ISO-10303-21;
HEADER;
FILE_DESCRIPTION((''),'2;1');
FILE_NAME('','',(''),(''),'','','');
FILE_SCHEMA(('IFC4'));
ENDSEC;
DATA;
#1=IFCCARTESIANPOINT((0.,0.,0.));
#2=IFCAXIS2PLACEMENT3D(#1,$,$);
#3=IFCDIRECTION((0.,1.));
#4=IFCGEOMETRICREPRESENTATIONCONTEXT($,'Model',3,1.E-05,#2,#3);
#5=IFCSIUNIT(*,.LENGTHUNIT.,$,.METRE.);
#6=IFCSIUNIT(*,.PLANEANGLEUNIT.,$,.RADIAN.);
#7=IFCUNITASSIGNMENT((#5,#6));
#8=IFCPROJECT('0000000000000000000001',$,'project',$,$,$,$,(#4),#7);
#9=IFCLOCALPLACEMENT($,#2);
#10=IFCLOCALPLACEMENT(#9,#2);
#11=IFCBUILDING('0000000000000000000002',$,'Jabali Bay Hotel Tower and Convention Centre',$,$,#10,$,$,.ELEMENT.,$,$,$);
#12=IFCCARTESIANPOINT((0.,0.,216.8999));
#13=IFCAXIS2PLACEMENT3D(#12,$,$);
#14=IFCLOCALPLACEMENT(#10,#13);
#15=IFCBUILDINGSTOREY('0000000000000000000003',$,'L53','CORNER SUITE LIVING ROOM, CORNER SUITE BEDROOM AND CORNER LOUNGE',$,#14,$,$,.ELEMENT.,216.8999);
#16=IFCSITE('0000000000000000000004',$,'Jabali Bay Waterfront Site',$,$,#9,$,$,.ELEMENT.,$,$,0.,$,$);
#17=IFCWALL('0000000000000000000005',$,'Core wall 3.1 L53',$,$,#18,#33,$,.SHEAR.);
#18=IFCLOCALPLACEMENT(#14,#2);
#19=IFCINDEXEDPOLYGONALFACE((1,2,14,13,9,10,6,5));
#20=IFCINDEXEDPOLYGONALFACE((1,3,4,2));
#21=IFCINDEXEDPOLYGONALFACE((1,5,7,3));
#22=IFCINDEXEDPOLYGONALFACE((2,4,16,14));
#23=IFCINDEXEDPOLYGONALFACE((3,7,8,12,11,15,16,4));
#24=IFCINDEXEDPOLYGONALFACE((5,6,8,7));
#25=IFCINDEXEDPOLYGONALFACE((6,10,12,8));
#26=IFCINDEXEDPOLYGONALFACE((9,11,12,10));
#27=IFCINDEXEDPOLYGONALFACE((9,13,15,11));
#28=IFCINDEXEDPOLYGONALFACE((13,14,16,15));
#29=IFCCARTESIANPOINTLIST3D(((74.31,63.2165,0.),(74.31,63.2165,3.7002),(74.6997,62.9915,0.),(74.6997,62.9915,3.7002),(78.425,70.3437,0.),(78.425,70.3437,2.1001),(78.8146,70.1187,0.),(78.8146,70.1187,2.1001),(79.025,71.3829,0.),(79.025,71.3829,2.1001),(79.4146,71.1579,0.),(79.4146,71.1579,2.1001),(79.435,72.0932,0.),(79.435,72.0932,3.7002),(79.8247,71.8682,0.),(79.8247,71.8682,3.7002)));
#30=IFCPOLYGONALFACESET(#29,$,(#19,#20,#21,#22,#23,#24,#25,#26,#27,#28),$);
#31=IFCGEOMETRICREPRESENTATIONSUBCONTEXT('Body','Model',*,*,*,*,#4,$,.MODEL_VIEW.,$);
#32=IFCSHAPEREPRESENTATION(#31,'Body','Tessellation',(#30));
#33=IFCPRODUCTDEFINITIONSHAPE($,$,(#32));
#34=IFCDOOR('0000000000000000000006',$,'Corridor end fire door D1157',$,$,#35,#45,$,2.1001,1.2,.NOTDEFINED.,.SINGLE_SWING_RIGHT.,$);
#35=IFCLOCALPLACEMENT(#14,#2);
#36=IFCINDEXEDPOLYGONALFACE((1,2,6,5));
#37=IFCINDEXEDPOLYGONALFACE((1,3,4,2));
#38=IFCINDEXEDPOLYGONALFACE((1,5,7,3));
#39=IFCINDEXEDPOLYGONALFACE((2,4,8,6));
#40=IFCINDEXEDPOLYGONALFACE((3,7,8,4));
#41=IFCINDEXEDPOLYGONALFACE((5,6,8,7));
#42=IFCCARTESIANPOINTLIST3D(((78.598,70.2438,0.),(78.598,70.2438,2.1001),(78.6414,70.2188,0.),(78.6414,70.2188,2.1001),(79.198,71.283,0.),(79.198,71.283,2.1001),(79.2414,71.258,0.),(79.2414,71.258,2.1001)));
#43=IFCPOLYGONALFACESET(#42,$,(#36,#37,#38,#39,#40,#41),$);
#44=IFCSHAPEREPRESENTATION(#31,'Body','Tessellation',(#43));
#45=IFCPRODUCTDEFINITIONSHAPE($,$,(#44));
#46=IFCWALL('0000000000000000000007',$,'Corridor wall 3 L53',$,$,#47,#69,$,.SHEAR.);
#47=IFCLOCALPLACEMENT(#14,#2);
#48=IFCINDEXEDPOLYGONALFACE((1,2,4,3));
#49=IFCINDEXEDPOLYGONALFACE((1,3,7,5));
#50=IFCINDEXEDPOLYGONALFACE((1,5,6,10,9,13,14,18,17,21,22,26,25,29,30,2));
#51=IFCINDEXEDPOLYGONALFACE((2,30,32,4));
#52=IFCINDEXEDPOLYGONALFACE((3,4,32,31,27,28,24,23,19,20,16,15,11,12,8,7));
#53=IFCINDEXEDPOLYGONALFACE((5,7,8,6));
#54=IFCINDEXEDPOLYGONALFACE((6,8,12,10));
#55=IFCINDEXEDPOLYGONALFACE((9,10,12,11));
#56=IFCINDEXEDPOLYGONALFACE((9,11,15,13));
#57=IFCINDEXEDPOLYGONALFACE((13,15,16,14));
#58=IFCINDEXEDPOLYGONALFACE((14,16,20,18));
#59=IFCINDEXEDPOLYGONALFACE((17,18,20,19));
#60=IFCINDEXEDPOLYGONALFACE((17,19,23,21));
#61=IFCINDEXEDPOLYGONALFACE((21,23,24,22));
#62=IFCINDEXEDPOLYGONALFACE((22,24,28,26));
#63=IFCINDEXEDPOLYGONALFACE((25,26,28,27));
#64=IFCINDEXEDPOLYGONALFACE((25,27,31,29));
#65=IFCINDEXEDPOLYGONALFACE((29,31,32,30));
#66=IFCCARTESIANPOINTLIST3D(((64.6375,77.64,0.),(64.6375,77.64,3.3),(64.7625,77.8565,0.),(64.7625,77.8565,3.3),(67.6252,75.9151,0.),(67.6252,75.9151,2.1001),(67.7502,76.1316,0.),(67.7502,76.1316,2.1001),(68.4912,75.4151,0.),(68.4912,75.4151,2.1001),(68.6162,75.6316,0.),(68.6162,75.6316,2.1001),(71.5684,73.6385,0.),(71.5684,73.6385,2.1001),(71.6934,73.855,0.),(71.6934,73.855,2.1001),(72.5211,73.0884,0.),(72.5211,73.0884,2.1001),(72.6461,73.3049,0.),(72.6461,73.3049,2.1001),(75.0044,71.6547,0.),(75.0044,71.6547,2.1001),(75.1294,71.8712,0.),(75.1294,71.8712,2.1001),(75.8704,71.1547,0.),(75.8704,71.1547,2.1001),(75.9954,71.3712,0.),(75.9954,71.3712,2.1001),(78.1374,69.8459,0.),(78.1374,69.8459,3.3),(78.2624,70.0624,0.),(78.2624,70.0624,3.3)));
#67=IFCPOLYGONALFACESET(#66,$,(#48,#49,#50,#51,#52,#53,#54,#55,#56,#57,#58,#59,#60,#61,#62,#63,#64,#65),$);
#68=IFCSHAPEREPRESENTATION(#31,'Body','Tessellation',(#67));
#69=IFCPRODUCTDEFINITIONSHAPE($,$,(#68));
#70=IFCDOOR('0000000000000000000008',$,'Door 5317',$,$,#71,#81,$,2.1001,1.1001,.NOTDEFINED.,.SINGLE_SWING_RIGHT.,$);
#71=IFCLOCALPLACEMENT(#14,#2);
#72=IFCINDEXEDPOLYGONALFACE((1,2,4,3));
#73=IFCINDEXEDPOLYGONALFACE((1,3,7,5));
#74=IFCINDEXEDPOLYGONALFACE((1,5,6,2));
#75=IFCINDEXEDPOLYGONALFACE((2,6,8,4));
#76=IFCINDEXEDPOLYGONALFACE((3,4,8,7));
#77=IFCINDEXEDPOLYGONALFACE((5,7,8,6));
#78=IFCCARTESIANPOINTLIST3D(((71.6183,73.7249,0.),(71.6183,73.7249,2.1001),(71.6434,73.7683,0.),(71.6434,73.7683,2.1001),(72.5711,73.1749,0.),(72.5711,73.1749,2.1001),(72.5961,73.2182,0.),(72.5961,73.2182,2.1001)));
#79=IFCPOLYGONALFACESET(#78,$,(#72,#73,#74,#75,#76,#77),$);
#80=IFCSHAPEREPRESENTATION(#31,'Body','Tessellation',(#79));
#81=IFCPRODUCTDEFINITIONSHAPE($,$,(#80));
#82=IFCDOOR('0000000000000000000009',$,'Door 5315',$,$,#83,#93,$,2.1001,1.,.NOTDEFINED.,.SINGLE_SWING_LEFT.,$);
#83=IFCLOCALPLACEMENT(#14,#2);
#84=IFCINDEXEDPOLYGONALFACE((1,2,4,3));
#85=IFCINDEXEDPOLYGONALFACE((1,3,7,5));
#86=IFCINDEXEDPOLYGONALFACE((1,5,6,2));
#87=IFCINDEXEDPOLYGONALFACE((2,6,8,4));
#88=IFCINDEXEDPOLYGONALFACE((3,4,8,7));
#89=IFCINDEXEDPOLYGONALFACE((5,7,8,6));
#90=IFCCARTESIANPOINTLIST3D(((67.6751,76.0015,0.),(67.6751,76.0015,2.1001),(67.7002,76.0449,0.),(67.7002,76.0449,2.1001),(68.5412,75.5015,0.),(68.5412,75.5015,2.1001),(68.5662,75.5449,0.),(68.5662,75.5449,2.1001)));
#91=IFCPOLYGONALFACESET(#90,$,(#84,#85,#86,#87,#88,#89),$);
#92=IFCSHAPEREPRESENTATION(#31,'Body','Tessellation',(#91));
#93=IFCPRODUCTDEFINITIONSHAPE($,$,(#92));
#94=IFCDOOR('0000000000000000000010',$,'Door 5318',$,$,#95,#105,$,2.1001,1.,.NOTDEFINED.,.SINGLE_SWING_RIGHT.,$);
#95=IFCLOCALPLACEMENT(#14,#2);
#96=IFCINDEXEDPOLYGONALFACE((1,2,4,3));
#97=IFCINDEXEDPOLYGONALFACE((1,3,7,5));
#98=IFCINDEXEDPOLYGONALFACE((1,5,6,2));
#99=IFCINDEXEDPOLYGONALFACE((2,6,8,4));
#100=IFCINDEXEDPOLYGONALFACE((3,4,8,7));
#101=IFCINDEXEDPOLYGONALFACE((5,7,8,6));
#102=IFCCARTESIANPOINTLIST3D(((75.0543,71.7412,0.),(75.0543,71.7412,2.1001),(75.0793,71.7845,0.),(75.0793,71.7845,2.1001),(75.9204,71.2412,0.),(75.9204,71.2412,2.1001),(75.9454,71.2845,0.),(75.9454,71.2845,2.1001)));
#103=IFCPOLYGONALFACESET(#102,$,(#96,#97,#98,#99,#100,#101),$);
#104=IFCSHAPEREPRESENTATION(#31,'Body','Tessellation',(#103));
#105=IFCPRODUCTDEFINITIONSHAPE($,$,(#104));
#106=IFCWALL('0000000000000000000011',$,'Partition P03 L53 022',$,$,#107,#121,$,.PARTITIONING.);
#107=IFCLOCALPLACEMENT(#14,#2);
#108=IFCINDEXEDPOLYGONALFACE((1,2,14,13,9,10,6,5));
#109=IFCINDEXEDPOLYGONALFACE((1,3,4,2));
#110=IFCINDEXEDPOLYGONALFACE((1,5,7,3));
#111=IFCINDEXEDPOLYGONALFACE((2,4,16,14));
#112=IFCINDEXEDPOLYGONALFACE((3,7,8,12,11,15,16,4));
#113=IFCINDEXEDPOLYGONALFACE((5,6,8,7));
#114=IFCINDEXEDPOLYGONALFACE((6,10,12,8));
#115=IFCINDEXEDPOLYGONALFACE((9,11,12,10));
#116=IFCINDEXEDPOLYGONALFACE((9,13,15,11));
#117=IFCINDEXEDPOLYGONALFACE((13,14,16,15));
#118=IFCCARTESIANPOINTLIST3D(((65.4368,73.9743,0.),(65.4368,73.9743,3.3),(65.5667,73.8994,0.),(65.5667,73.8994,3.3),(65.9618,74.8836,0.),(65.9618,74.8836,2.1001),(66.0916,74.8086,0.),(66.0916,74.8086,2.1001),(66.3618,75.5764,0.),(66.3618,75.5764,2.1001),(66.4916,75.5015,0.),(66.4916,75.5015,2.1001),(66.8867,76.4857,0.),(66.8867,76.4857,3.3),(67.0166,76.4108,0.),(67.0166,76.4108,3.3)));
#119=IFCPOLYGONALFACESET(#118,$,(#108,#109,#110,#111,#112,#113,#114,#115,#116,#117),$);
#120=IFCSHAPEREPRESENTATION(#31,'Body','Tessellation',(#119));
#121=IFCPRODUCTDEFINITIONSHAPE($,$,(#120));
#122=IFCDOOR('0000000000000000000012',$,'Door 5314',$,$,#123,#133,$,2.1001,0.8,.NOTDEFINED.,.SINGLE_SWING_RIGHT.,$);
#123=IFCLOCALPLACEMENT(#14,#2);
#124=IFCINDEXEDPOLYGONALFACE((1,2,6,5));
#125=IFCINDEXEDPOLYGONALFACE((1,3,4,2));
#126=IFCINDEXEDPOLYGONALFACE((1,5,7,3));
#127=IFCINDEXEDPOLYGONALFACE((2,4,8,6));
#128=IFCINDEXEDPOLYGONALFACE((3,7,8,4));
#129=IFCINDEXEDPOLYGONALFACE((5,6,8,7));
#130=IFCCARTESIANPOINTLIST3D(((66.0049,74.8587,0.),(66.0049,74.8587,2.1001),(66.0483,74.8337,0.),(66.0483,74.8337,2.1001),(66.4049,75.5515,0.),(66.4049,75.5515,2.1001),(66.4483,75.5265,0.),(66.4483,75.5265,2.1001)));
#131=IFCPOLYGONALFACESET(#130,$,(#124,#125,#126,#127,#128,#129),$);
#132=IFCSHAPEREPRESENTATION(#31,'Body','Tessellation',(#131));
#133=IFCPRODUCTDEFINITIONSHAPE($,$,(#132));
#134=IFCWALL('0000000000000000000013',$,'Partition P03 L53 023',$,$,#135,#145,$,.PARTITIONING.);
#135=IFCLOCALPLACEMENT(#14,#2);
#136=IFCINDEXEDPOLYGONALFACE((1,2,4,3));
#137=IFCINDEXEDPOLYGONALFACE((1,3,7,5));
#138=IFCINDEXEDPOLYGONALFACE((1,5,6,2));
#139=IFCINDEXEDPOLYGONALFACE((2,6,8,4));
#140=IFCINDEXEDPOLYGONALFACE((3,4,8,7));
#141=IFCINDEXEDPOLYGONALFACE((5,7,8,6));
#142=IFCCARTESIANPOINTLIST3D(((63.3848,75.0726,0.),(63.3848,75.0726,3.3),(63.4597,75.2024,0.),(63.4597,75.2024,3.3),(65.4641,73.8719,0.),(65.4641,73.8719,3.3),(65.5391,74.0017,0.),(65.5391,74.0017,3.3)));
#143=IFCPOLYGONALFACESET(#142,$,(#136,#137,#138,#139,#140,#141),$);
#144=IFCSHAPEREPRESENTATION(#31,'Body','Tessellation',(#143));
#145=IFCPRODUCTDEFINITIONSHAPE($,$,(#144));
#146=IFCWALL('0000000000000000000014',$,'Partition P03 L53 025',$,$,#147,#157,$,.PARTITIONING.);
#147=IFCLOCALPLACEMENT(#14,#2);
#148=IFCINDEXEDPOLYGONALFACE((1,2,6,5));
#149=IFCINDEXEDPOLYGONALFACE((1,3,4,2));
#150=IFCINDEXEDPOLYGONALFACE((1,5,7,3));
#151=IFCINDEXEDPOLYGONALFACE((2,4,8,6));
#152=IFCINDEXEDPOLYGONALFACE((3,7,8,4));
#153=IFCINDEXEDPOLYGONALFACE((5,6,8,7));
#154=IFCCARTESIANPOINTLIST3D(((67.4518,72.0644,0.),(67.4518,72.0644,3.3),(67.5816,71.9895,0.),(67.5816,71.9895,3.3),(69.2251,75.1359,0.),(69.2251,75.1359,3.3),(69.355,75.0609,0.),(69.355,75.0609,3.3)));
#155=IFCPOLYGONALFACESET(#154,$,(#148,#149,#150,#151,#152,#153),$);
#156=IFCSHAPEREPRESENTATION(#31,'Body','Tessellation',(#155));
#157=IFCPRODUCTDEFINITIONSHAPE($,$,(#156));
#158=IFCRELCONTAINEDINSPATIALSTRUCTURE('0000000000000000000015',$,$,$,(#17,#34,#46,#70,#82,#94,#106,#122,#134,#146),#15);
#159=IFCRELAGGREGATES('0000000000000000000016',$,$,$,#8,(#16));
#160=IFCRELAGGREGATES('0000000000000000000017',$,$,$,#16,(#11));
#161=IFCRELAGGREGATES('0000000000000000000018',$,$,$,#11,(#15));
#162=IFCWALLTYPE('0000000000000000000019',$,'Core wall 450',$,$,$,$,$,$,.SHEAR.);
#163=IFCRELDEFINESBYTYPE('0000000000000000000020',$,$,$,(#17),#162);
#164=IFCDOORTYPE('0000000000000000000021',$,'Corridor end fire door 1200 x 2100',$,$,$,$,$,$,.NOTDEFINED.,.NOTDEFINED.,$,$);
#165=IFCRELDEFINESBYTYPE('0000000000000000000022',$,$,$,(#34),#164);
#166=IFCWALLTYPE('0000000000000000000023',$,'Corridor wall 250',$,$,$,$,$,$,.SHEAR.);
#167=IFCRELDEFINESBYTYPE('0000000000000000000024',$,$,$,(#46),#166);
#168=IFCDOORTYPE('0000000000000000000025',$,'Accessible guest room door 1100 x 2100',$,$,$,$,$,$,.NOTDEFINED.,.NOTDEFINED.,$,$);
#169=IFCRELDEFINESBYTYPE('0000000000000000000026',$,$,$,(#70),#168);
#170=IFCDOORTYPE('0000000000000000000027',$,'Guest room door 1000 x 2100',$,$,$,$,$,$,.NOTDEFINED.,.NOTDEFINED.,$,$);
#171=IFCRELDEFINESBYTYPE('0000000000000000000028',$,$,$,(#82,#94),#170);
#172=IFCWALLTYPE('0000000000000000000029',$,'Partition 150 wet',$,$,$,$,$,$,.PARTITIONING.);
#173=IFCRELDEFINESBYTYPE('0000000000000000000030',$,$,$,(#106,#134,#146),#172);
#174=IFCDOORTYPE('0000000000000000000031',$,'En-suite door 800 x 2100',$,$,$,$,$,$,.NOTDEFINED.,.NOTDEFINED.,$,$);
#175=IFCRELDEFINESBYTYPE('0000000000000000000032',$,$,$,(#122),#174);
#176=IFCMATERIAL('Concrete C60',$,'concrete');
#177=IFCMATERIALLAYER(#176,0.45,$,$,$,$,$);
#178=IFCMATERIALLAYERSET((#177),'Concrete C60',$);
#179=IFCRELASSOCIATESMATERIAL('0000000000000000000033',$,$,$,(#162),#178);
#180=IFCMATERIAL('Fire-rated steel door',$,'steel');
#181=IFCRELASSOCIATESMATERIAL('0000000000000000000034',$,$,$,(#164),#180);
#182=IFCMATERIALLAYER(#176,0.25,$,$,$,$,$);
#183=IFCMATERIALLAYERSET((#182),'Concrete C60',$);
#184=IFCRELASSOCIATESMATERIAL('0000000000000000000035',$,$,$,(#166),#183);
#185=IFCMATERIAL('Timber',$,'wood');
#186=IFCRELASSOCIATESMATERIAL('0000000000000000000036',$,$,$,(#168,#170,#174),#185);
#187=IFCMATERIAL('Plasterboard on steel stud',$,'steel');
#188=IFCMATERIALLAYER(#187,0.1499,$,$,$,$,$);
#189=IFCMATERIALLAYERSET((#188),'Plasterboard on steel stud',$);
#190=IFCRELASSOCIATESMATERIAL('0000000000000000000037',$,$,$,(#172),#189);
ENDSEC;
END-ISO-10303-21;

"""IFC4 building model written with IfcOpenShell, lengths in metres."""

from ifc_helpers import new_model, si_unit, direction, frame, frame_2d, origin, place, context, subcontext, project, spatial, rectangle, extrude, material, layer, layer_set, type_object, element, fill, save


model = new_model("IFC4")

# Units and contexts
model_context = context("Model", 3, precision=1e-05, world=origin(), true_north=direction((0.0, 1.0)))
body_context = subcontext(model_context, "Body", "Model", "MODEL_VIEW")
ifc_project = project(units=[si_unit("LENGTHUNIT", "METRE"), si_unit("PLANEANGLEUNIT", "RADIAN")], contexts=[model_context])

# Site, building, storey
site_placement = place(None, origin())
site = spatial("IfcSite", under=ifc_project, at=site_placement, Name="Jabali Bay Waterfront Site", CompositionType="ELEMENT", RefElevation=0.0)
building_placement = place(site_placement, origin())
building = spatial("IfcBuilding", under=site, at=building_placement, Name="Jabali Bay Hotel Tower and Convention Centre", CompositionType="ELEMENT")
storey_placement = place(building_placement, frame((0.0, 0.0, 216.8999)))
storey = spatial("IfcBuildingStorey", under=building, at=storey_placement, Name="L53", Description="CORNER SUITE LIVING ROOM, CORNER SUITE BEDROOM AND CORNER LOUNGE", CompositionType="ELEMENT", Elevation=216.8999)

# Wall, opening, door
ifc_material_1 = material(Name="Concrete C60", Category="concrete")
ifc_layer_1 = layer(ifc_material_1, 0.45)
ifc_layer_set_1 = layer_set([ifc_layer_1], Name="Concrete C60")
wall_type_1 = type_object("IfcWallType", Name="Core wall 450", PredefinedType="SHEAR", material=ifc_layer_set_1)
ifc_material_2 = material(Name="Fire-rated steel door", Category="steel")
door_type_1 = type_object("IfcDoorType", Name="Corridor end fire door 1200 x 2100", OperationType="NOTDEFINED", PredefinedType="NOTDEFINED", material=ifc_material_2)
wall_1_placement = place(storey_placement, frame((79.6299, 71.9807, 0.0), z_axis=(0.0, 0.0, 1.0), x_axis=(-0.500002, -0.866024, 0.0)))
wall_1 = element("IfcWall", 1, at=wall_1_placement, inside=storey, type_object=wall_type_1, Name="Core wall 3.1 L53", PredefinedType="SHEAR", context=body_context, shape_type="SweptSolid", body=[
    extrude(rectangle(XDim=10.25, YDim=0.45, at=frame_2d((5.125, 0.0))), origin(), (0.0, 0.0, 1.0), 3.7002),
])
opening_1_placement = place(wall_1_placement, frame((0.8201, 0.0, 0.0)))
opening_1 = element("IfcOpeningElement", 2, at=opening_1_placement, cuts=wall_1, PredefinedType="OPENING", context=body_context, shape_type="SweptSolid", body=[
    extrude(rectangle(XDim=1.2, YDim=2.1001, at=frame_2d((0.6001, 1.05))), frame((0.0, 0.2354, 0.0), z_axis=(0.0, -1.0, 0.0), x_axis=(1.0, 0.0, 0.0)), (0.0, 0.0, 1.0), 0.4709),
])
door_1_placement = place(opening_1_placement, origin())
door_1 = element("IfcDoor", 3, at=door_1_placement, inside=storey, type_object=door_type_1, Name="Corridor end fire door D1157", OperationType="SINGLE_SWING_RIGHT", OverallHeight=2.1001, OverallWidth=1.2, PredefinedType="NOTDEFINED", context=body_context, shape_type="SweptSolid", body=[
    extrude(rectangle(XDim=1.2, YDim=2.1001, at=frame_2d((0.6001, 1.05))), frame((0.0, 0.0249, 0.0), z_axis=(0.0, -1.0, 0.0), x_axis=(1.0, 0.0, 0.0)), (0.0, 0.0, 1.0), 0.05),
])
fill(opening_1, door_1)

# Wall, openings, doors
ifc_layer_2 = layer(ifc_material_1, 0.25)
ifc_layer_set_2 = layer_set([ifc_layer_2], Name="Concrete C60")
wall_type_2 = type_object("IfcWallType", Name="Corridor wall 250", PredefinedType="SHEAR", material=ifc_layer_set_2)
wall_2_placement = place(storey_placement, frame((64.7, 77.7483, 0.0), z_axis=(0.0, 0.0, 1.0), x_axis=(0.866026, -0.499998, 0.0)))
wall_2 = element("IfcWall", 4, at=wall_2_placement, inside=storey, type_object=wall_type_2, Name="Corridor wall 3 L53", PredefinedType="SHEAR", context=body_context, shape_type="SweptSolid", body=[
    extrude(rectangle(XDim=15.5884, YDim=0.25, at=frame_2d((7.7942, 0.0))), origin(), (0.0, 0.0, 1.0), 3.3),
])
opening_2_placement = place(wall_2_placement, frame((3.45, 0.0, 0.0)))
opening_2 = element("IfcOpeningElement", 5, at=opening_2_placement, cuts=wall_2, PredefinedType="OPENING", context=body_context, shape_type="SweptSolid", body=[
    extrude(rectangle(XDim=1.0, YDim=2.1001, at=frame_2d((0.5, 1.05))), frame((0.0, 0.1355, 0.0), z_axis=(0.0, -1.0, 0.0), x_axis=(1.0, 0.0, 0.0)), (0.0, 0.0, 1.0), 0.271),
])
opening_3_placement = place(wall_2_placement, frame((8.0032, 0.0, 0.0)))
opening_3 = element("IfcOpeningElement", 6, at=opening_3_placement, cuts=wall_2, PredefinedType="OPENING", context=body_context, shape_type="SweptSolid", body=[
    extrude(rectangle(XDim=1.1001, YDim=2.1001, at=frame_2d((0.55, 1.05))), frame((0.0, 0.1355, 0.0), z_axis=(0.0, -1.0, 0.0), x_axis=(1.0, 0.0, 0.0)), (0.0, 0.0, 1.0), 0.271),
])
opening_4_placement = place(wall_2_placement, frame((11.9707, 0.0, 0.0)))
opening_4 = element("IfcOpeningElement", 7, at=opening_4_placement, cuts=wall_2, PredefinedType="OPENING", context=body_context, shape_type="SweptSolid", body=[
    extrude(rectangle(XDim=1.0, YDim=2.1001, at=frame_2d((0.5, 1.05))), frame((0.0, 0.1355, 0.0), z_axis=(0.0, -1.0, 0.0), x_axis=(1.0, 0.0, 0.0)), (0.0, 0.0, 1.0), 0.271),
])
ifc_material_3 = material(Name="Timber", Category="wood")
door_type_2 = type_object("IfcDoorType", Name="Accessible guest room door 1100 x 2100", OperationType="NOTDEFINED", PredefinedType="NOTDEFINED", material=ifc_material_3)
door_2_placement = place(opening_3_placement, origin())
door_2 = element("IfcDoor", 8, at=door_2_placement, inside=storey, type_object=door_type_2, Name="Door 5317", OperationType="SINGLE_SWING_RIGHT", OverallHeight=2.1001, OverallWidth=1.1001, PredefinedType="NOTDEFINED", context=body_context, shape_type="SweptSolid", body=[
    extrude(rectangle(XDim=1.1001, YDim=2.1001, at=frame_2d((0.55, 1.05))), frame((0.0, 0.0249, 0.0), z_axis=(0.0, -1.0, 0.0), x_axis=(1.0, 0.0, 0.0)), (0.0, 0.0, 1.0), 0.05),
])
fill(opening_3, door_2)
door_type_3 = type_object("IfcDoorType", Name="Guest room door 1000 x 2100", OperationType="NOTDEFINED", PredefinedType="NOTDEFINED", material=ifc_material_3)
door_3_placement = place(opening_2_placement, origin())
door_3 = element("IfcDoor", 9, at=door_3_placement, inside=storey, type_object=door_type_3, Name="Door 5315", OperationType="SINGLE_SWING_LEFT", OverallHeight=2.1001, OverallWidth=1.0, PredefinedType="NOTDEFINED", context=body_context, shape_type="SweptSolid", body=[
    extrude(rectangle(XDim=1.0, YDim=2.1001, at=frame_2d((0.5, 1.05))), frame((0.0, 0.0249, 0.0), z_axis=(0.0, -1.0, 0.0), x_axis=(1.0, 0.0, 0.0)), (0.0, 0.0, 1.0), 0.05),
])
fill(opening_2, door_3)
door_4_placement = place(opening_4_placement, origin())
door_4 = element("IfcDoor", 10, at=door_4_placement, inside=storey, type_object=door_type_3, Name="Door 5318", OperationType="SINGLE_SWING_RIGHT", OverallHeight=2.1001, OverallWidth=1.0, PredefinedType="NOTDEFINED", context=body_context, shape_type="SweptSolid", body=[
    extrude(rectangle(XDim=1.0, YDim=2.1001, at=frame_2d((0.5, 1.05))), frame((0.0, 0.0249, 0.0), z_axis=(0.0, -1.0, 0.0), x_axis=(1.0, 0.0, 0.0)), (0.0, 0.0, 1.0), 0.05),
])
fill(opening_4, door_4)

# Wall, opening, door
ifc_material_4 = material(Name="Plasterboard on steel stud", Category="steel")
ifc_layer_3 = layer(ifc_material_4, 0.1499)
ifc_layer_set_3 = layer_set([ifc_layer_3], Name="Plasterboard on steel stud")
wall_type_3 = type_object("IfcWallType", Name="Partition 150 wet", PredefinedType="PARTITIONING", material=ifc_layer_set_3)
wall_3_placement = place(storey_placement, frame((66.9517, 76.4482, 0.0), z_axis=(0.0, 0.0, 1.0), x_axis=(-0.499987, -0.866033, 0.0)))
wall_3 = element("IfcWall", 11, at=wall_3_placement, inside=storey, type_object=wall_type_3, Name="Partition P03 L53 022", PredefinedType="PARTITIONING", context=body_context, shape_type="SweptSolid", body=[
    extrude(rectangle(XDim=2.8999, YDim=0.1499, at=frame_2d((1.45, 0.0))), origin(), (0.0, 0.0, 1.0), 3.3),
])
opening_5_placement = place(wall_3_placement, frame((1.05, 0.0, 0.0)))
opening_5 = element("IfcOpeningElement", 12, at=opening_5_placement, cuts=wall_3, PredefinedType="OPENING", context=body_context, shape_type="SweptSolid", body=[
    extrude(rectangle(XDim=0.8, YDim=2.1001, at=frame_2d((0.3999, 1.05))), frame((0.0, 0.0854, 0.0), z_axis=(0.0, -1.0, 0.0), x_axis=(1.0, 0.0, 0.0)), (0.0, 0.0, 1.0), 0.1709),
])
door_type_4 = type_object("IfcDoorType", Name="En-suite door 800 x 2100", OperationType="NOTDEFINED", PredefinedType="NOTDEFINED", material=ifc_material_3)
door_5_placement = place(opening_5_placement, origin())
door_5 = element("IfcDoor", 13, at=door_5_placement, inside=storey, type_object=door_type_4, Name="Door 5314", OperationType="SINGLE_SWING_RIGHT", OverallHeight=2.1001, OverallWidth=0.8, PredefinedType="NOTDEFINED", context=body_context, shape_type="SweptSolid", body=[
    extrude(rectangle(XDim=0.8, YDim=2.1001, at=frame_2d((0.3999, 1.05))), frame((0.0, 0.0249, 0.0), z_axis=(0.0, -1.0, 0.0), x_axis=(1.0, 0.0, 0.0)), (0.0, 0.0, 1.0), 0.05),
])
fill(opening_5, door_5)

# Walls
wall_4_placement = place(storey_placement, frame((65.5017, 73.9368, 0.0), z_axis=(0.0, 0.0, 1.0), x_axis=(-0.865994, 0.500054, 0.0)))
element("IfcWall", 14, at=wall_4_placement, inside=storey, type_object=wall_type_3, Name="Partition P03 L53 023", PredefinedType="PARTITIONING", context=body_context, shape_type="SweptSolid", body=[
    extrude(rectangle(XDim=2.4011, YDim=0.1499, at=frame_2d((1.2007, 0.0))), origin(), (0.0, 0.0, 1.0), 3.3),
])
wall_5_placement = place(storey_placement, frame((67.5166, 72.0269, 0.0), z_axis=(0.0, 0.0, 1.0), x_axis=(0.500018, 0.866015, 0.0)))
element("IfcWall", 15, at=wall_5_placement, inside=storey, type_object=wall_type_3, Name="Partition P03 L53 025", PredefinedType="PARTITIONING", context=body_context, shape_type="SweptSolid", body=[
    extrude(rectangle(XDim=3.5466, YDim=0.1499, at=frame_2d((1.7734, 0.0))), origin(), (0.0, 0.0, 1.0), 3.3),
])

save(model, "model.ifc")
